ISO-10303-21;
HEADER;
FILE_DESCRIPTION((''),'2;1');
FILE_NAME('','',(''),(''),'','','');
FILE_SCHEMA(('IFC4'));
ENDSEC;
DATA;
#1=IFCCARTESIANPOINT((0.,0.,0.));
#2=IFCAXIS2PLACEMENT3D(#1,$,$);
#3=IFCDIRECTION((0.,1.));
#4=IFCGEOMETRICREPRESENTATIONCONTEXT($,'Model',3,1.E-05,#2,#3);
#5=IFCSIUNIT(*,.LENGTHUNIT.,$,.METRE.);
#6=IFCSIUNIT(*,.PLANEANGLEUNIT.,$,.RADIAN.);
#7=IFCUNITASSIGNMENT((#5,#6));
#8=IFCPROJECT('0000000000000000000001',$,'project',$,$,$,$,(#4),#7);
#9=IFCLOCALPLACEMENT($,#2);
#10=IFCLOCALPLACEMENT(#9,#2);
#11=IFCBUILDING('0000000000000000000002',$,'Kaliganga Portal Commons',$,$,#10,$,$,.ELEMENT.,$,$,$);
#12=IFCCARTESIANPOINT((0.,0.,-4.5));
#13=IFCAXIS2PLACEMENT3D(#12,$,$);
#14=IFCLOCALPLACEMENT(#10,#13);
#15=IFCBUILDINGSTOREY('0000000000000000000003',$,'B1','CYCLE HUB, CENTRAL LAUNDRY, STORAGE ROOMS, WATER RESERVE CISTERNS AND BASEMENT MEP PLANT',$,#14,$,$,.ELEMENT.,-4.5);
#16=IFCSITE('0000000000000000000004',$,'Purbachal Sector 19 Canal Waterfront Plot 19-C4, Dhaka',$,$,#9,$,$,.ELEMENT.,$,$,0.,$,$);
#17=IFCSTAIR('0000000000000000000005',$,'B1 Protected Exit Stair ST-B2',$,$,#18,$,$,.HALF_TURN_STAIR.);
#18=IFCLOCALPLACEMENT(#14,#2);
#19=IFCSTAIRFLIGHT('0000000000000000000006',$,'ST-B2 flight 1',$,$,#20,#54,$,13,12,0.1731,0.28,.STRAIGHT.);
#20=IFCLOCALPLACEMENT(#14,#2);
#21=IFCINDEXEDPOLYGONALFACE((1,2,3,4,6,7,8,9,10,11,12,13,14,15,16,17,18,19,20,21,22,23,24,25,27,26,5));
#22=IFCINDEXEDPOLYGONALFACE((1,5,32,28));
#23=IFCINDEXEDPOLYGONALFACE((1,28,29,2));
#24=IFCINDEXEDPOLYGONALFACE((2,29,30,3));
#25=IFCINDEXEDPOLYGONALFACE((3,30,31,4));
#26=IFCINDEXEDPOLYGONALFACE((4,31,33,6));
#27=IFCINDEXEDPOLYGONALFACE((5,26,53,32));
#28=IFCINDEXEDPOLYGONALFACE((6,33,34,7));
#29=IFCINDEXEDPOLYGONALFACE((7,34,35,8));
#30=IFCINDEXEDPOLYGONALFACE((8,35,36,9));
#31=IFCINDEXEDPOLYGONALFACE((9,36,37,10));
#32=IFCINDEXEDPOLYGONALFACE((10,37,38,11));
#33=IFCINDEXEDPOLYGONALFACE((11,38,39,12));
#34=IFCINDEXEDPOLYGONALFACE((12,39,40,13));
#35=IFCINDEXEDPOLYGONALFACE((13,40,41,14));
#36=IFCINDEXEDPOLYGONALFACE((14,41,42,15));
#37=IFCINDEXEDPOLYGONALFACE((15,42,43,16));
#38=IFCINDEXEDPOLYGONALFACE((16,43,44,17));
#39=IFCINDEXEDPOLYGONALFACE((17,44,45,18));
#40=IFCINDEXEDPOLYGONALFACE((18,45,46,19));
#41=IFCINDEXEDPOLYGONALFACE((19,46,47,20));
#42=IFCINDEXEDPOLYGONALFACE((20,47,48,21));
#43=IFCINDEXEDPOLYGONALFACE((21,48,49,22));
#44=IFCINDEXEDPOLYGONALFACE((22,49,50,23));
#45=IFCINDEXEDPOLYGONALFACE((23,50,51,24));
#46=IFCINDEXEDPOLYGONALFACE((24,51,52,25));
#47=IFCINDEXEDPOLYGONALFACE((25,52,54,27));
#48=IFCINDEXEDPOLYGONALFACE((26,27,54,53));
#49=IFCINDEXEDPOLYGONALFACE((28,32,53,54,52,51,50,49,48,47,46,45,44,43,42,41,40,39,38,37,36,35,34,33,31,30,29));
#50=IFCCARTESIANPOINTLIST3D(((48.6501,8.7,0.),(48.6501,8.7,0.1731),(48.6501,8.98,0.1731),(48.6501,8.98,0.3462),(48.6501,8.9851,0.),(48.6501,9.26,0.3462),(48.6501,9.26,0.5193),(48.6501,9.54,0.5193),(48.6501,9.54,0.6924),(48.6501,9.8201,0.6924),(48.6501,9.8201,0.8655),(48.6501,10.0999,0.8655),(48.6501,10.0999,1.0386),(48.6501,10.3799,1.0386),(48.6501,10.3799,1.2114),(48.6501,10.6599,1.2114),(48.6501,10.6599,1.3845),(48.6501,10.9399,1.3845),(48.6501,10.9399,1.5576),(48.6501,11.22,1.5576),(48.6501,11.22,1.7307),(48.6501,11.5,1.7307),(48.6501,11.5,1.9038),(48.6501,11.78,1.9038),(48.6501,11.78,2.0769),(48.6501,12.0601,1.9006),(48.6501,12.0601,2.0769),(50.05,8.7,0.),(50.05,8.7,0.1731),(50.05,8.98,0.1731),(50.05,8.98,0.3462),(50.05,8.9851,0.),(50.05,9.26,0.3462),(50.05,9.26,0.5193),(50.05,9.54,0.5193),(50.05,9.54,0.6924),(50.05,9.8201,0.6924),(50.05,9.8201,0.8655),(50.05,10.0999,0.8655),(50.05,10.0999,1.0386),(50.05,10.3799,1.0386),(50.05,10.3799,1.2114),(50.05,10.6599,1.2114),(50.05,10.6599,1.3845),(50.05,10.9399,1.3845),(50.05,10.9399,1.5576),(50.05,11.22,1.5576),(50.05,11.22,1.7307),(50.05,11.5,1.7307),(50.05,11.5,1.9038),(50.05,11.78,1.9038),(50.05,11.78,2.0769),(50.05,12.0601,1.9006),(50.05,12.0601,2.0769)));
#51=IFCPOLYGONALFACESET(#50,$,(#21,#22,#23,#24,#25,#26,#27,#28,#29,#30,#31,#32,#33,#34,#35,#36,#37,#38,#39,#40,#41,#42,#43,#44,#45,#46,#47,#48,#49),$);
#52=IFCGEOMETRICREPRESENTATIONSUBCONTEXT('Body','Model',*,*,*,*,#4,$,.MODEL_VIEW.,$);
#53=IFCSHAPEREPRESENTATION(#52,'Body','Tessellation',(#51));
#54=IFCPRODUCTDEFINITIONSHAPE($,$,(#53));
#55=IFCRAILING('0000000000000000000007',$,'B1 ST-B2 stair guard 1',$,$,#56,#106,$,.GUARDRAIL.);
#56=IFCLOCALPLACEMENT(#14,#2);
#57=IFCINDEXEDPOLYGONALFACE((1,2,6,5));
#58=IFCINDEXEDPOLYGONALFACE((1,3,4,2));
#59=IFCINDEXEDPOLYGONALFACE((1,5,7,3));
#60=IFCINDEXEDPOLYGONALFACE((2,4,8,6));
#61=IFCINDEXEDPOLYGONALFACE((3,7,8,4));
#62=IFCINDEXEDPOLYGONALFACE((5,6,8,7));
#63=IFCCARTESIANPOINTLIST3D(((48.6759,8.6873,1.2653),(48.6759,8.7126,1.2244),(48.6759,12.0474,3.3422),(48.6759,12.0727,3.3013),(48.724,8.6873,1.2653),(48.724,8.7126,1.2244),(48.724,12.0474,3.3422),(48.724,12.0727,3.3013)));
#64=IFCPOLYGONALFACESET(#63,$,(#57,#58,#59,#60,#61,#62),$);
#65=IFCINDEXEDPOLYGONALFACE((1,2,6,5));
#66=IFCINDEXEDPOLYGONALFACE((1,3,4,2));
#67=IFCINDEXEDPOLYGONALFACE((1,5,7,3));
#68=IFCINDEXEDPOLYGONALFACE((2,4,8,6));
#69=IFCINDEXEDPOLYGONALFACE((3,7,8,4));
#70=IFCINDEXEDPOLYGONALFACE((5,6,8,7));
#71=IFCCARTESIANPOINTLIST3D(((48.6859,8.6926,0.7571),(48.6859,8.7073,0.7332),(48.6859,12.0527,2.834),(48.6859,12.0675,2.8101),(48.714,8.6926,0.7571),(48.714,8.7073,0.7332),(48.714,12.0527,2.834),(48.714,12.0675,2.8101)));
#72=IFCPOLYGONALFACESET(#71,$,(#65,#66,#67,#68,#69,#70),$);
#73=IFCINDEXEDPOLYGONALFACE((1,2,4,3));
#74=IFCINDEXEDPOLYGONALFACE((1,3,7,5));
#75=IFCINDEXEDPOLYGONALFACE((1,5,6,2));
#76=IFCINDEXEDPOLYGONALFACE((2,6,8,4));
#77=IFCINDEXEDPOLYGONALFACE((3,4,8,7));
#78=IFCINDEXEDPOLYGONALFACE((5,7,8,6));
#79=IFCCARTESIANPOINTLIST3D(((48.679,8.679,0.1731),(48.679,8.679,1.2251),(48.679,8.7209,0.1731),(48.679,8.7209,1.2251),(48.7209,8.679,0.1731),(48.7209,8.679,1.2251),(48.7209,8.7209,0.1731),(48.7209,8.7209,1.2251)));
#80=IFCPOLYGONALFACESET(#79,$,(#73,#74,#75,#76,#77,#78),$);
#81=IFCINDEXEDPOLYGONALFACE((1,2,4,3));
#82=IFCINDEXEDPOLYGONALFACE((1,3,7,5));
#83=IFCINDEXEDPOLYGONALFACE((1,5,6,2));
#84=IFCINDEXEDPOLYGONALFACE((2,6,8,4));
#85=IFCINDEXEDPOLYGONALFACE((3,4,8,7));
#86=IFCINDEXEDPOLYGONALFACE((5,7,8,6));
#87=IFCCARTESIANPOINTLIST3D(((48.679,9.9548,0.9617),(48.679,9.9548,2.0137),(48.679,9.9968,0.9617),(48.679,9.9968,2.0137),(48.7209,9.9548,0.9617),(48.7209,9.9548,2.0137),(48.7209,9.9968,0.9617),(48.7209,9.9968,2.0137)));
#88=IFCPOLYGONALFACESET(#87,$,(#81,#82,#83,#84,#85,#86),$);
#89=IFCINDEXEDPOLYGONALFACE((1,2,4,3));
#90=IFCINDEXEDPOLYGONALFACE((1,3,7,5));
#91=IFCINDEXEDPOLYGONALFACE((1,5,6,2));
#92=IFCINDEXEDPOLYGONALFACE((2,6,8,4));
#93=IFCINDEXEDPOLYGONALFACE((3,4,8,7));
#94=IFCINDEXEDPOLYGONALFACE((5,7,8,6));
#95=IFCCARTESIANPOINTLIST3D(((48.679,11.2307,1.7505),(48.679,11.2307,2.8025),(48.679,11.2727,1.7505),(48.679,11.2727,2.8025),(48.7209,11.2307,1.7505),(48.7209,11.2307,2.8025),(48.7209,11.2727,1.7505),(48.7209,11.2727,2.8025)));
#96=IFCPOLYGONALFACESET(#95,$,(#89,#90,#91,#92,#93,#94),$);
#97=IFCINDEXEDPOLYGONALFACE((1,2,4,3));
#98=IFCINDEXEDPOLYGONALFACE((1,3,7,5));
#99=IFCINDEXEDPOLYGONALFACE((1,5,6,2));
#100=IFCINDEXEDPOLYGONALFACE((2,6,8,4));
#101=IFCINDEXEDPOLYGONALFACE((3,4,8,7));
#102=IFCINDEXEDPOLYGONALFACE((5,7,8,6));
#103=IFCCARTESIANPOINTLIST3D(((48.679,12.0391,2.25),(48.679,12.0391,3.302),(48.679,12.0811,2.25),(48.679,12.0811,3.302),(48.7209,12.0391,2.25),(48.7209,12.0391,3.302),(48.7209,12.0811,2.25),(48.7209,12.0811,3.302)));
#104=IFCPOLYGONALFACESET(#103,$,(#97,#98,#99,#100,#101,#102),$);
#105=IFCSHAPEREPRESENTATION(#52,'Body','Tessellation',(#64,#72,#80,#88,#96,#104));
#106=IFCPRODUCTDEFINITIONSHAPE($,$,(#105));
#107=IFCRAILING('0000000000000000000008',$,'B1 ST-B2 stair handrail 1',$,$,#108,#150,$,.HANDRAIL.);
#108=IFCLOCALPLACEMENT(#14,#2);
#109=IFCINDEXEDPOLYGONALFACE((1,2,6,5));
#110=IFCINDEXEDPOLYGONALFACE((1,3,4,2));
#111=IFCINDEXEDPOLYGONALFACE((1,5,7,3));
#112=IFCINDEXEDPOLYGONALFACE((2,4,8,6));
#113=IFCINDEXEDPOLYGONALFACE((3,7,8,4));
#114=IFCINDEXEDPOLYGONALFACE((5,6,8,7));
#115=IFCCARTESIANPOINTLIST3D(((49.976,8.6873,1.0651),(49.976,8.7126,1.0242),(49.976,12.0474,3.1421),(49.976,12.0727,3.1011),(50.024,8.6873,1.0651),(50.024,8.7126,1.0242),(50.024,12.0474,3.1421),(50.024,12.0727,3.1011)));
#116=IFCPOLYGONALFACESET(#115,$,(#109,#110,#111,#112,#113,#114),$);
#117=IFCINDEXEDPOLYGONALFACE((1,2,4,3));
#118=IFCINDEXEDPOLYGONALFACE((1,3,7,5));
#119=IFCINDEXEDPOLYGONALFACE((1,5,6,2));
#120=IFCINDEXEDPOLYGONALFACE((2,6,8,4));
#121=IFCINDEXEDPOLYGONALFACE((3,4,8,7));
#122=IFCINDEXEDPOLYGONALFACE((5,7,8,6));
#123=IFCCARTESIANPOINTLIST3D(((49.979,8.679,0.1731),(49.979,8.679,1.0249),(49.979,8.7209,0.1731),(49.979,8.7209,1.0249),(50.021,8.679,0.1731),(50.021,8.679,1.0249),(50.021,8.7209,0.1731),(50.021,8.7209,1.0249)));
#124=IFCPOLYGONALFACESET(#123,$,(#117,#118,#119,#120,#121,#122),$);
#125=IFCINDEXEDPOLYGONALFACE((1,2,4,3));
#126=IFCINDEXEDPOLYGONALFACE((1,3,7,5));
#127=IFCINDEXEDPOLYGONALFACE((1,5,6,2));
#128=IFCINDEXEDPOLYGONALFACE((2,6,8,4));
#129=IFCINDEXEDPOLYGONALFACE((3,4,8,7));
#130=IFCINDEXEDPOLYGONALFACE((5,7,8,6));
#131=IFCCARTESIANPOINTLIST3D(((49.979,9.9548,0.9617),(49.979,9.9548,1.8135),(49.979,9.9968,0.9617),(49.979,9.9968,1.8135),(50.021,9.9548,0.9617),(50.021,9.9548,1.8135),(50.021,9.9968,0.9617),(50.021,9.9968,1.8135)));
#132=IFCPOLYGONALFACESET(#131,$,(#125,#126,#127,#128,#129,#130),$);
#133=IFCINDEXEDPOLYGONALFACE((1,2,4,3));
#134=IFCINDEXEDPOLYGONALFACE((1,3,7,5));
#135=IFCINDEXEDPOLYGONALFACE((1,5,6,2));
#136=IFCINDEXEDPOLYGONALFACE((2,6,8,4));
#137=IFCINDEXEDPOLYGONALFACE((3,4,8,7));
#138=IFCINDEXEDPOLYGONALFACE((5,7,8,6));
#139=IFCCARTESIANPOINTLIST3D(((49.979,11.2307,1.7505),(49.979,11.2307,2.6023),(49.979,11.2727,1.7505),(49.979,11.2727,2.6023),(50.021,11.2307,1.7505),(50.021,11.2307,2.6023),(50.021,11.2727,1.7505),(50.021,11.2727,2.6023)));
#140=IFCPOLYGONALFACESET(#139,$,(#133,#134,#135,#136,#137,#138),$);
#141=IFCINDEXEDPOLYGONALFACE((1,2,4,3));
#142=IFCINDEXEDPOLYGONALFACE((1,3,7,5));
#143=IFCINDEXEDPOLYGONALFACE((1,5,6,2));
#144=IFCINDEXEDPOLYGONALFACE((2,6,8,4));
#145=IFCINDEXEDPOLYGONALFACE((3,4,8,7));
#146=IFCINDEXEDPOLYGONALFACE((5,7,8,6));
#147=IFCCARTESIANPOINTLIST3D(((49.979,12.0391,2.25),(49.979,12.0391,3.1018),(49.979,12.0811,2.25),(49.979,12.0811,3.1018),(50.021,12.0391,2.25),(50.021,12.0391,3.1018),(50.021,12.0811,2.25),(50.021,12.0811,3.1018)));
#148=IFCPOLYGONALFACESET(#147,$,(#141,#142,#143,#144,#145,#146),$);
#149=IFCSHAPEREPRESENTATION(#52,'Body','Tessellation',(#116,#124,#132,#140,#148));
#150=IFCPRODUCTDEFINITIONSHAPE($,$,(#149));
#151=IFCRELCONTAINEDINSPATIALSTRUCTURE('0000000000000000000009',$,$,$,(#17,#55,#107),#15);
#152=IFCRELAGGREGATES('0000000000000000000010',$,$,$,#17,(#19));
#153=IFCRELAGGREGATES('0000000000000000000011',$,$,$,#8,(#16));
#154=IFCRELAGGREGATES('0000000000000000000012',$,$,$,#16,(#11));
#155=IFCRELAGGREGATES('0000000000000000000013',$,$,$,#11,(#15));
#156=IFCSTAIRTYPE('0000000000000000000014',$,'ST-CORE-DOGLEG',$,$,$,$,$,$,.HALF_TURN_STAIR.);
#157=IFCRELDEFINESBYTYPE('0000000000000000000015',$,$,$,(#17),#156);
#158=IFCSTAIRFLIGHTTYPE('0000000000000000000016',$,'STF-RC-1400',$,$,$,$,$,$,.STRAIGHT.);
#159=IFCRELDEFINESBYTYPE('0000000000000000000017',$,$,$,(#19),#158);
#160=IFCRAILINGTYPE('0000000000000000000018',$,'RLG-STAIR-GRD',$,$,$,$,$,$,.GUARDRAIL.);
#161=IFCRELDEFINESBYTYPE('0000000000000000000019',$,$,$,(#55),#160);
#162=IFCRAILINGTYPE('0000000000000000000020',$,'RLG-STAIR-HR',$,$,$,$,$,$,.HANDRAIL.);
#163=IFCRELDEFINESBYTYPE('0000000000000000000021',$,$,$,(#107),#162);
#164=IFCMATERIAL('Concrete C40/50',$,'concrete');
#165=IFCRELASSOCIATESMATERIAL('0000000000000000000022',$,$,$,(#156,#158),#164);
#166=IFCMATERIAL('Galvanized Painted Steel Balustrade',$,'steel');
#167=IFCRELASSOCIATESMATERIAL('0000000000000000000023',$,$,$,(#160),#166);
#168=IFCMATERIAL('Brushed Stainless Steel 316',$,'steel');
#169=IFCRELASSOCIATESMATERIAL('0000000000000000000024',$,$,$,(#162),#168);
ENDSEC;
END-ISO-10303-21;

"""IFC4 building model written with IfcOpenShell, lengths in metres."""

from ifc_helpers import new_model, si_unit, direction, frame, origin, origin_2d, place, context, subcontext, project, spatial, polyline, rectangle, outline, extrude, material, type_object, element, aggregate, save


model = new_model("IFC4")

# Units and contexts
model_context = context("Model", 3, precision=1e-05, world=origin(), true_north=direction((0.0, 1.0)))
body_context = subcontext(model_context, "Body", "Model", "MODEL_VIEW")
ifc_project = project(units=[si_unit("LENGTHUNIT", "METRE"), si_unit("PLANEANGLEUNIT", "RADIAN")], contexts=[model_context])

# Site, building, storey
site_placement = place(None, origin())
site = spatial("IfcSite", under=ifc_project, at=site_placement, Name="Purbachal Sector 19 Canal Waterfront Plot 19-C4, Dhaka", CompositionType="ELEMENT", RefElevation=0.0)
building_placement = place(site_placement, origin())
building = spatial("IfcBuilding", under=site, at=building_placement, Name="Kaliganga Portal Commons", CompositionType="ELEMENT")
storey_placement = place(building_placement, frame((0.0, 0.0, -4.5)))
storey = spatial("IfcBuildingStorey", under=building, at=storey_placement, Name="B1", Description="CYCLE HUB, CENTRAL LAUNDRY, STORAGE ROOMS, WATER RESERVE CISTERNS AND BASEMENT MEP PLANT", CompositionType="ELEMENT", Elevation=-4.5)

# Shared definitions
ifc_material_1 = material(Name="Concrete C40/50", Category="concrete")

# Stair, stair flight
stair_type = type_object("IfcStairType", Name="ST-CORE-DOGLEG", PredefinedType="HALF_TURN_STAIR", material=ifc_material_1)
stair_placement = place(storey_placement, origin())
stair = element("IfcStair", 1, at=stair_placement, inside=storey, type_object=stair_type, Name="B1 Protected Exit Stair ST-B2", PredefinedType="HALF_TURN_STAIR")
stair_flight_type = type_object("IfcStairFlightType", Name="STF-RC-1400", PredefinedType="STRAIGHT", material=ifc_material_1)
stair_flight_placement = place(storey_placement, frame((49.3501, 8.7, 0.0), z_axis=(0.0, 0.0, 1.0), x_axis=(0.0, 1.0, 0.0)))
stair_flight = element("IfcStairFlight", 2, at=stair_flight_placement, type_object=stair_flight_type, Name="ST-B2 flight 1", NumberOfRisers=13, NumberOfTreads=12, PredefinedType="STRAIGHT", RiserHeight=0.1731, TreadLength=0.28, context=body_context, shape_type="SweptSolid", body=[
    extrude(outline(polyline([(0.0, 0.0), (0.0, 0.1731), (0.28, 0.1731), (0.28, 0.3462), (0.5601, 0.3462), (0.5601, 0.5193), (0.8401, 0.5193), (0.8401, 0.6924), (1.1201, 0.6924), (1.1201, 0.8655), (1.3999, 0.8655), (1.3999, 1.0386), (1.6799, 1.0386), (1.6799, 1.2114), (1.96, 1.2114), (1.96, 1.3845), (2.24, 1.3845), (2.24, 1.5576), (2.52, 1.5576), (2.52, 1.7307), (2.8, 1.7307), (2.8, 1.9038), (3.0801, 1.9038), (3.0801, 2.0769), (3.3601, 2.0769), (3.3601, 2.25), (3.3601, 1.9006), (0.2852, 0.0), (0.0, 0.0)])), frame((0.0, 0.7, 0.0), z_axis=(0.0, -1.0, 0.0), x_axis=(1.0, 0.0, 0.0)), (0.0, 0.0, 1.0), 1.3999),
])
aggregate(stair, [stair_flight])

# Railings
ifc_material_2 = material(Name="Galvanized Painted Steel Balustrade", Category="steel")
railing_type_1 = type_object("IfcRailingType", Name="RLG-STAIR-GRD", PredefinedType="GUARDRAIL", material=ifc_material_2)
railing_1_placement = place(storey_placement, frame((48.7, 8.7, 0.1731)))
element("IfcRailing", 3, at=railing_1_placement, inside=storey, type_object=railing_type_1, Name="B1 ST-B2 stair guard 1", PredefinedType="GUARDRAIL", context=body_context, shape_type="SweptSolid", body=[
    extrude(rectangle(XDim=0.0481, YDim=0.0481, at=origin_2d()), frame((0.0, 0.0, 1.0718), z_axis=(0.0, 0.850623, 0.525776), x_axis=(-1.0, 0.0, 0.0)), (0.0, 0.0, 1.0), 3.9502),
    extrude(rectangle(XDim=0.0281, YDim=0.0281, at=origin_2d()), frame((0.0, 0.0, 0.572), z_axis=(0.0, 0.850623, 0.525776), x_axis=(-1.0, 0.0, 0.0)), (0.0, 0.0, 1.0), 3.9502),
    extrude(rectangle(XDim=0.042, YDim=0.042, at=origin_2d()), origin(), (0.0, 0.0, 1.0), 1.052),
    extrude(rectangle(XDim=0.042, YDim=0.042, at=origin_2d()), frame((0.0, 1.2759, 0.7886)), (0.0, 0.0, 1.0), 1.052),
    extrude(rectangle(XDim=0.042, YDim=0.042, at=origin_2d()), frame((0.0, 2.5518, 1.5774)), (0.0, 0.0, 1.0), 1.052),
    extrude(rectangle(XDim=0.042, YDim=0.042, at=origin_2d()), frame((0.0, 3.3601, 2.0769)), (0.0, 0.0, 1.0), 1.052),
])
ifc_material_3 = material(Name="Brushed Stainless Steel 316", Category="steel")
railing_type_2 = type_object("IfcRailingType", Name="RLG-STAIR-HR", PredefinedType="HANDRAIL", material=ifc_material_3)
railing_2_placement = place(storey_placement, frame((50.0, 8.7, 0.1731)))
element("IfcRailing", 4, at=railing_2_placement, inside=storey, type_object=railing_type_2, Name="B1 ST-B2 stair handrail 1", PredefinedType="HANDRAIL", context=body_context, shape_type="SweptSolid", body=[
    extrude(rectangle(XDim=0.0481, YDim=0.0481, at=origin_2d()), frame((0.0, 0.0, 0.8716), z_axis=(0.0, 0.850623, 0.525776), x_axis=(-1.0, 0.0, 0.0)), (0.0, 0.0, 1.0), 3.9502),
    extrude(rectangle(XDim=0.042, YDim=0.042, at=origin_2d()), origin(), (0.0, 0.0, 1.0), 0.8518),
    extrude(rectangle(XDim=0.042, YDim=0.042, at=origin_2d()), frame((0.0, 1.2759, 0.7886)), (0.0, 0.0, 1.0), 0.8518),
    extrude(rectangle(XDim=0.042, YDim=0.042, at=origin_2d()), frame((0.0, 2.5518, 1.5774)), (0.0, 0.0, 1.0), 0.8518),
    extrude(rectangle(XDim=0.042, YDim=0.042, at=origin_2d()), frame((0.0, 3.3601, 2.0769)), (0.0, 0.0, 1.0), 0.8518),
])

save(model, "model.ifc")
